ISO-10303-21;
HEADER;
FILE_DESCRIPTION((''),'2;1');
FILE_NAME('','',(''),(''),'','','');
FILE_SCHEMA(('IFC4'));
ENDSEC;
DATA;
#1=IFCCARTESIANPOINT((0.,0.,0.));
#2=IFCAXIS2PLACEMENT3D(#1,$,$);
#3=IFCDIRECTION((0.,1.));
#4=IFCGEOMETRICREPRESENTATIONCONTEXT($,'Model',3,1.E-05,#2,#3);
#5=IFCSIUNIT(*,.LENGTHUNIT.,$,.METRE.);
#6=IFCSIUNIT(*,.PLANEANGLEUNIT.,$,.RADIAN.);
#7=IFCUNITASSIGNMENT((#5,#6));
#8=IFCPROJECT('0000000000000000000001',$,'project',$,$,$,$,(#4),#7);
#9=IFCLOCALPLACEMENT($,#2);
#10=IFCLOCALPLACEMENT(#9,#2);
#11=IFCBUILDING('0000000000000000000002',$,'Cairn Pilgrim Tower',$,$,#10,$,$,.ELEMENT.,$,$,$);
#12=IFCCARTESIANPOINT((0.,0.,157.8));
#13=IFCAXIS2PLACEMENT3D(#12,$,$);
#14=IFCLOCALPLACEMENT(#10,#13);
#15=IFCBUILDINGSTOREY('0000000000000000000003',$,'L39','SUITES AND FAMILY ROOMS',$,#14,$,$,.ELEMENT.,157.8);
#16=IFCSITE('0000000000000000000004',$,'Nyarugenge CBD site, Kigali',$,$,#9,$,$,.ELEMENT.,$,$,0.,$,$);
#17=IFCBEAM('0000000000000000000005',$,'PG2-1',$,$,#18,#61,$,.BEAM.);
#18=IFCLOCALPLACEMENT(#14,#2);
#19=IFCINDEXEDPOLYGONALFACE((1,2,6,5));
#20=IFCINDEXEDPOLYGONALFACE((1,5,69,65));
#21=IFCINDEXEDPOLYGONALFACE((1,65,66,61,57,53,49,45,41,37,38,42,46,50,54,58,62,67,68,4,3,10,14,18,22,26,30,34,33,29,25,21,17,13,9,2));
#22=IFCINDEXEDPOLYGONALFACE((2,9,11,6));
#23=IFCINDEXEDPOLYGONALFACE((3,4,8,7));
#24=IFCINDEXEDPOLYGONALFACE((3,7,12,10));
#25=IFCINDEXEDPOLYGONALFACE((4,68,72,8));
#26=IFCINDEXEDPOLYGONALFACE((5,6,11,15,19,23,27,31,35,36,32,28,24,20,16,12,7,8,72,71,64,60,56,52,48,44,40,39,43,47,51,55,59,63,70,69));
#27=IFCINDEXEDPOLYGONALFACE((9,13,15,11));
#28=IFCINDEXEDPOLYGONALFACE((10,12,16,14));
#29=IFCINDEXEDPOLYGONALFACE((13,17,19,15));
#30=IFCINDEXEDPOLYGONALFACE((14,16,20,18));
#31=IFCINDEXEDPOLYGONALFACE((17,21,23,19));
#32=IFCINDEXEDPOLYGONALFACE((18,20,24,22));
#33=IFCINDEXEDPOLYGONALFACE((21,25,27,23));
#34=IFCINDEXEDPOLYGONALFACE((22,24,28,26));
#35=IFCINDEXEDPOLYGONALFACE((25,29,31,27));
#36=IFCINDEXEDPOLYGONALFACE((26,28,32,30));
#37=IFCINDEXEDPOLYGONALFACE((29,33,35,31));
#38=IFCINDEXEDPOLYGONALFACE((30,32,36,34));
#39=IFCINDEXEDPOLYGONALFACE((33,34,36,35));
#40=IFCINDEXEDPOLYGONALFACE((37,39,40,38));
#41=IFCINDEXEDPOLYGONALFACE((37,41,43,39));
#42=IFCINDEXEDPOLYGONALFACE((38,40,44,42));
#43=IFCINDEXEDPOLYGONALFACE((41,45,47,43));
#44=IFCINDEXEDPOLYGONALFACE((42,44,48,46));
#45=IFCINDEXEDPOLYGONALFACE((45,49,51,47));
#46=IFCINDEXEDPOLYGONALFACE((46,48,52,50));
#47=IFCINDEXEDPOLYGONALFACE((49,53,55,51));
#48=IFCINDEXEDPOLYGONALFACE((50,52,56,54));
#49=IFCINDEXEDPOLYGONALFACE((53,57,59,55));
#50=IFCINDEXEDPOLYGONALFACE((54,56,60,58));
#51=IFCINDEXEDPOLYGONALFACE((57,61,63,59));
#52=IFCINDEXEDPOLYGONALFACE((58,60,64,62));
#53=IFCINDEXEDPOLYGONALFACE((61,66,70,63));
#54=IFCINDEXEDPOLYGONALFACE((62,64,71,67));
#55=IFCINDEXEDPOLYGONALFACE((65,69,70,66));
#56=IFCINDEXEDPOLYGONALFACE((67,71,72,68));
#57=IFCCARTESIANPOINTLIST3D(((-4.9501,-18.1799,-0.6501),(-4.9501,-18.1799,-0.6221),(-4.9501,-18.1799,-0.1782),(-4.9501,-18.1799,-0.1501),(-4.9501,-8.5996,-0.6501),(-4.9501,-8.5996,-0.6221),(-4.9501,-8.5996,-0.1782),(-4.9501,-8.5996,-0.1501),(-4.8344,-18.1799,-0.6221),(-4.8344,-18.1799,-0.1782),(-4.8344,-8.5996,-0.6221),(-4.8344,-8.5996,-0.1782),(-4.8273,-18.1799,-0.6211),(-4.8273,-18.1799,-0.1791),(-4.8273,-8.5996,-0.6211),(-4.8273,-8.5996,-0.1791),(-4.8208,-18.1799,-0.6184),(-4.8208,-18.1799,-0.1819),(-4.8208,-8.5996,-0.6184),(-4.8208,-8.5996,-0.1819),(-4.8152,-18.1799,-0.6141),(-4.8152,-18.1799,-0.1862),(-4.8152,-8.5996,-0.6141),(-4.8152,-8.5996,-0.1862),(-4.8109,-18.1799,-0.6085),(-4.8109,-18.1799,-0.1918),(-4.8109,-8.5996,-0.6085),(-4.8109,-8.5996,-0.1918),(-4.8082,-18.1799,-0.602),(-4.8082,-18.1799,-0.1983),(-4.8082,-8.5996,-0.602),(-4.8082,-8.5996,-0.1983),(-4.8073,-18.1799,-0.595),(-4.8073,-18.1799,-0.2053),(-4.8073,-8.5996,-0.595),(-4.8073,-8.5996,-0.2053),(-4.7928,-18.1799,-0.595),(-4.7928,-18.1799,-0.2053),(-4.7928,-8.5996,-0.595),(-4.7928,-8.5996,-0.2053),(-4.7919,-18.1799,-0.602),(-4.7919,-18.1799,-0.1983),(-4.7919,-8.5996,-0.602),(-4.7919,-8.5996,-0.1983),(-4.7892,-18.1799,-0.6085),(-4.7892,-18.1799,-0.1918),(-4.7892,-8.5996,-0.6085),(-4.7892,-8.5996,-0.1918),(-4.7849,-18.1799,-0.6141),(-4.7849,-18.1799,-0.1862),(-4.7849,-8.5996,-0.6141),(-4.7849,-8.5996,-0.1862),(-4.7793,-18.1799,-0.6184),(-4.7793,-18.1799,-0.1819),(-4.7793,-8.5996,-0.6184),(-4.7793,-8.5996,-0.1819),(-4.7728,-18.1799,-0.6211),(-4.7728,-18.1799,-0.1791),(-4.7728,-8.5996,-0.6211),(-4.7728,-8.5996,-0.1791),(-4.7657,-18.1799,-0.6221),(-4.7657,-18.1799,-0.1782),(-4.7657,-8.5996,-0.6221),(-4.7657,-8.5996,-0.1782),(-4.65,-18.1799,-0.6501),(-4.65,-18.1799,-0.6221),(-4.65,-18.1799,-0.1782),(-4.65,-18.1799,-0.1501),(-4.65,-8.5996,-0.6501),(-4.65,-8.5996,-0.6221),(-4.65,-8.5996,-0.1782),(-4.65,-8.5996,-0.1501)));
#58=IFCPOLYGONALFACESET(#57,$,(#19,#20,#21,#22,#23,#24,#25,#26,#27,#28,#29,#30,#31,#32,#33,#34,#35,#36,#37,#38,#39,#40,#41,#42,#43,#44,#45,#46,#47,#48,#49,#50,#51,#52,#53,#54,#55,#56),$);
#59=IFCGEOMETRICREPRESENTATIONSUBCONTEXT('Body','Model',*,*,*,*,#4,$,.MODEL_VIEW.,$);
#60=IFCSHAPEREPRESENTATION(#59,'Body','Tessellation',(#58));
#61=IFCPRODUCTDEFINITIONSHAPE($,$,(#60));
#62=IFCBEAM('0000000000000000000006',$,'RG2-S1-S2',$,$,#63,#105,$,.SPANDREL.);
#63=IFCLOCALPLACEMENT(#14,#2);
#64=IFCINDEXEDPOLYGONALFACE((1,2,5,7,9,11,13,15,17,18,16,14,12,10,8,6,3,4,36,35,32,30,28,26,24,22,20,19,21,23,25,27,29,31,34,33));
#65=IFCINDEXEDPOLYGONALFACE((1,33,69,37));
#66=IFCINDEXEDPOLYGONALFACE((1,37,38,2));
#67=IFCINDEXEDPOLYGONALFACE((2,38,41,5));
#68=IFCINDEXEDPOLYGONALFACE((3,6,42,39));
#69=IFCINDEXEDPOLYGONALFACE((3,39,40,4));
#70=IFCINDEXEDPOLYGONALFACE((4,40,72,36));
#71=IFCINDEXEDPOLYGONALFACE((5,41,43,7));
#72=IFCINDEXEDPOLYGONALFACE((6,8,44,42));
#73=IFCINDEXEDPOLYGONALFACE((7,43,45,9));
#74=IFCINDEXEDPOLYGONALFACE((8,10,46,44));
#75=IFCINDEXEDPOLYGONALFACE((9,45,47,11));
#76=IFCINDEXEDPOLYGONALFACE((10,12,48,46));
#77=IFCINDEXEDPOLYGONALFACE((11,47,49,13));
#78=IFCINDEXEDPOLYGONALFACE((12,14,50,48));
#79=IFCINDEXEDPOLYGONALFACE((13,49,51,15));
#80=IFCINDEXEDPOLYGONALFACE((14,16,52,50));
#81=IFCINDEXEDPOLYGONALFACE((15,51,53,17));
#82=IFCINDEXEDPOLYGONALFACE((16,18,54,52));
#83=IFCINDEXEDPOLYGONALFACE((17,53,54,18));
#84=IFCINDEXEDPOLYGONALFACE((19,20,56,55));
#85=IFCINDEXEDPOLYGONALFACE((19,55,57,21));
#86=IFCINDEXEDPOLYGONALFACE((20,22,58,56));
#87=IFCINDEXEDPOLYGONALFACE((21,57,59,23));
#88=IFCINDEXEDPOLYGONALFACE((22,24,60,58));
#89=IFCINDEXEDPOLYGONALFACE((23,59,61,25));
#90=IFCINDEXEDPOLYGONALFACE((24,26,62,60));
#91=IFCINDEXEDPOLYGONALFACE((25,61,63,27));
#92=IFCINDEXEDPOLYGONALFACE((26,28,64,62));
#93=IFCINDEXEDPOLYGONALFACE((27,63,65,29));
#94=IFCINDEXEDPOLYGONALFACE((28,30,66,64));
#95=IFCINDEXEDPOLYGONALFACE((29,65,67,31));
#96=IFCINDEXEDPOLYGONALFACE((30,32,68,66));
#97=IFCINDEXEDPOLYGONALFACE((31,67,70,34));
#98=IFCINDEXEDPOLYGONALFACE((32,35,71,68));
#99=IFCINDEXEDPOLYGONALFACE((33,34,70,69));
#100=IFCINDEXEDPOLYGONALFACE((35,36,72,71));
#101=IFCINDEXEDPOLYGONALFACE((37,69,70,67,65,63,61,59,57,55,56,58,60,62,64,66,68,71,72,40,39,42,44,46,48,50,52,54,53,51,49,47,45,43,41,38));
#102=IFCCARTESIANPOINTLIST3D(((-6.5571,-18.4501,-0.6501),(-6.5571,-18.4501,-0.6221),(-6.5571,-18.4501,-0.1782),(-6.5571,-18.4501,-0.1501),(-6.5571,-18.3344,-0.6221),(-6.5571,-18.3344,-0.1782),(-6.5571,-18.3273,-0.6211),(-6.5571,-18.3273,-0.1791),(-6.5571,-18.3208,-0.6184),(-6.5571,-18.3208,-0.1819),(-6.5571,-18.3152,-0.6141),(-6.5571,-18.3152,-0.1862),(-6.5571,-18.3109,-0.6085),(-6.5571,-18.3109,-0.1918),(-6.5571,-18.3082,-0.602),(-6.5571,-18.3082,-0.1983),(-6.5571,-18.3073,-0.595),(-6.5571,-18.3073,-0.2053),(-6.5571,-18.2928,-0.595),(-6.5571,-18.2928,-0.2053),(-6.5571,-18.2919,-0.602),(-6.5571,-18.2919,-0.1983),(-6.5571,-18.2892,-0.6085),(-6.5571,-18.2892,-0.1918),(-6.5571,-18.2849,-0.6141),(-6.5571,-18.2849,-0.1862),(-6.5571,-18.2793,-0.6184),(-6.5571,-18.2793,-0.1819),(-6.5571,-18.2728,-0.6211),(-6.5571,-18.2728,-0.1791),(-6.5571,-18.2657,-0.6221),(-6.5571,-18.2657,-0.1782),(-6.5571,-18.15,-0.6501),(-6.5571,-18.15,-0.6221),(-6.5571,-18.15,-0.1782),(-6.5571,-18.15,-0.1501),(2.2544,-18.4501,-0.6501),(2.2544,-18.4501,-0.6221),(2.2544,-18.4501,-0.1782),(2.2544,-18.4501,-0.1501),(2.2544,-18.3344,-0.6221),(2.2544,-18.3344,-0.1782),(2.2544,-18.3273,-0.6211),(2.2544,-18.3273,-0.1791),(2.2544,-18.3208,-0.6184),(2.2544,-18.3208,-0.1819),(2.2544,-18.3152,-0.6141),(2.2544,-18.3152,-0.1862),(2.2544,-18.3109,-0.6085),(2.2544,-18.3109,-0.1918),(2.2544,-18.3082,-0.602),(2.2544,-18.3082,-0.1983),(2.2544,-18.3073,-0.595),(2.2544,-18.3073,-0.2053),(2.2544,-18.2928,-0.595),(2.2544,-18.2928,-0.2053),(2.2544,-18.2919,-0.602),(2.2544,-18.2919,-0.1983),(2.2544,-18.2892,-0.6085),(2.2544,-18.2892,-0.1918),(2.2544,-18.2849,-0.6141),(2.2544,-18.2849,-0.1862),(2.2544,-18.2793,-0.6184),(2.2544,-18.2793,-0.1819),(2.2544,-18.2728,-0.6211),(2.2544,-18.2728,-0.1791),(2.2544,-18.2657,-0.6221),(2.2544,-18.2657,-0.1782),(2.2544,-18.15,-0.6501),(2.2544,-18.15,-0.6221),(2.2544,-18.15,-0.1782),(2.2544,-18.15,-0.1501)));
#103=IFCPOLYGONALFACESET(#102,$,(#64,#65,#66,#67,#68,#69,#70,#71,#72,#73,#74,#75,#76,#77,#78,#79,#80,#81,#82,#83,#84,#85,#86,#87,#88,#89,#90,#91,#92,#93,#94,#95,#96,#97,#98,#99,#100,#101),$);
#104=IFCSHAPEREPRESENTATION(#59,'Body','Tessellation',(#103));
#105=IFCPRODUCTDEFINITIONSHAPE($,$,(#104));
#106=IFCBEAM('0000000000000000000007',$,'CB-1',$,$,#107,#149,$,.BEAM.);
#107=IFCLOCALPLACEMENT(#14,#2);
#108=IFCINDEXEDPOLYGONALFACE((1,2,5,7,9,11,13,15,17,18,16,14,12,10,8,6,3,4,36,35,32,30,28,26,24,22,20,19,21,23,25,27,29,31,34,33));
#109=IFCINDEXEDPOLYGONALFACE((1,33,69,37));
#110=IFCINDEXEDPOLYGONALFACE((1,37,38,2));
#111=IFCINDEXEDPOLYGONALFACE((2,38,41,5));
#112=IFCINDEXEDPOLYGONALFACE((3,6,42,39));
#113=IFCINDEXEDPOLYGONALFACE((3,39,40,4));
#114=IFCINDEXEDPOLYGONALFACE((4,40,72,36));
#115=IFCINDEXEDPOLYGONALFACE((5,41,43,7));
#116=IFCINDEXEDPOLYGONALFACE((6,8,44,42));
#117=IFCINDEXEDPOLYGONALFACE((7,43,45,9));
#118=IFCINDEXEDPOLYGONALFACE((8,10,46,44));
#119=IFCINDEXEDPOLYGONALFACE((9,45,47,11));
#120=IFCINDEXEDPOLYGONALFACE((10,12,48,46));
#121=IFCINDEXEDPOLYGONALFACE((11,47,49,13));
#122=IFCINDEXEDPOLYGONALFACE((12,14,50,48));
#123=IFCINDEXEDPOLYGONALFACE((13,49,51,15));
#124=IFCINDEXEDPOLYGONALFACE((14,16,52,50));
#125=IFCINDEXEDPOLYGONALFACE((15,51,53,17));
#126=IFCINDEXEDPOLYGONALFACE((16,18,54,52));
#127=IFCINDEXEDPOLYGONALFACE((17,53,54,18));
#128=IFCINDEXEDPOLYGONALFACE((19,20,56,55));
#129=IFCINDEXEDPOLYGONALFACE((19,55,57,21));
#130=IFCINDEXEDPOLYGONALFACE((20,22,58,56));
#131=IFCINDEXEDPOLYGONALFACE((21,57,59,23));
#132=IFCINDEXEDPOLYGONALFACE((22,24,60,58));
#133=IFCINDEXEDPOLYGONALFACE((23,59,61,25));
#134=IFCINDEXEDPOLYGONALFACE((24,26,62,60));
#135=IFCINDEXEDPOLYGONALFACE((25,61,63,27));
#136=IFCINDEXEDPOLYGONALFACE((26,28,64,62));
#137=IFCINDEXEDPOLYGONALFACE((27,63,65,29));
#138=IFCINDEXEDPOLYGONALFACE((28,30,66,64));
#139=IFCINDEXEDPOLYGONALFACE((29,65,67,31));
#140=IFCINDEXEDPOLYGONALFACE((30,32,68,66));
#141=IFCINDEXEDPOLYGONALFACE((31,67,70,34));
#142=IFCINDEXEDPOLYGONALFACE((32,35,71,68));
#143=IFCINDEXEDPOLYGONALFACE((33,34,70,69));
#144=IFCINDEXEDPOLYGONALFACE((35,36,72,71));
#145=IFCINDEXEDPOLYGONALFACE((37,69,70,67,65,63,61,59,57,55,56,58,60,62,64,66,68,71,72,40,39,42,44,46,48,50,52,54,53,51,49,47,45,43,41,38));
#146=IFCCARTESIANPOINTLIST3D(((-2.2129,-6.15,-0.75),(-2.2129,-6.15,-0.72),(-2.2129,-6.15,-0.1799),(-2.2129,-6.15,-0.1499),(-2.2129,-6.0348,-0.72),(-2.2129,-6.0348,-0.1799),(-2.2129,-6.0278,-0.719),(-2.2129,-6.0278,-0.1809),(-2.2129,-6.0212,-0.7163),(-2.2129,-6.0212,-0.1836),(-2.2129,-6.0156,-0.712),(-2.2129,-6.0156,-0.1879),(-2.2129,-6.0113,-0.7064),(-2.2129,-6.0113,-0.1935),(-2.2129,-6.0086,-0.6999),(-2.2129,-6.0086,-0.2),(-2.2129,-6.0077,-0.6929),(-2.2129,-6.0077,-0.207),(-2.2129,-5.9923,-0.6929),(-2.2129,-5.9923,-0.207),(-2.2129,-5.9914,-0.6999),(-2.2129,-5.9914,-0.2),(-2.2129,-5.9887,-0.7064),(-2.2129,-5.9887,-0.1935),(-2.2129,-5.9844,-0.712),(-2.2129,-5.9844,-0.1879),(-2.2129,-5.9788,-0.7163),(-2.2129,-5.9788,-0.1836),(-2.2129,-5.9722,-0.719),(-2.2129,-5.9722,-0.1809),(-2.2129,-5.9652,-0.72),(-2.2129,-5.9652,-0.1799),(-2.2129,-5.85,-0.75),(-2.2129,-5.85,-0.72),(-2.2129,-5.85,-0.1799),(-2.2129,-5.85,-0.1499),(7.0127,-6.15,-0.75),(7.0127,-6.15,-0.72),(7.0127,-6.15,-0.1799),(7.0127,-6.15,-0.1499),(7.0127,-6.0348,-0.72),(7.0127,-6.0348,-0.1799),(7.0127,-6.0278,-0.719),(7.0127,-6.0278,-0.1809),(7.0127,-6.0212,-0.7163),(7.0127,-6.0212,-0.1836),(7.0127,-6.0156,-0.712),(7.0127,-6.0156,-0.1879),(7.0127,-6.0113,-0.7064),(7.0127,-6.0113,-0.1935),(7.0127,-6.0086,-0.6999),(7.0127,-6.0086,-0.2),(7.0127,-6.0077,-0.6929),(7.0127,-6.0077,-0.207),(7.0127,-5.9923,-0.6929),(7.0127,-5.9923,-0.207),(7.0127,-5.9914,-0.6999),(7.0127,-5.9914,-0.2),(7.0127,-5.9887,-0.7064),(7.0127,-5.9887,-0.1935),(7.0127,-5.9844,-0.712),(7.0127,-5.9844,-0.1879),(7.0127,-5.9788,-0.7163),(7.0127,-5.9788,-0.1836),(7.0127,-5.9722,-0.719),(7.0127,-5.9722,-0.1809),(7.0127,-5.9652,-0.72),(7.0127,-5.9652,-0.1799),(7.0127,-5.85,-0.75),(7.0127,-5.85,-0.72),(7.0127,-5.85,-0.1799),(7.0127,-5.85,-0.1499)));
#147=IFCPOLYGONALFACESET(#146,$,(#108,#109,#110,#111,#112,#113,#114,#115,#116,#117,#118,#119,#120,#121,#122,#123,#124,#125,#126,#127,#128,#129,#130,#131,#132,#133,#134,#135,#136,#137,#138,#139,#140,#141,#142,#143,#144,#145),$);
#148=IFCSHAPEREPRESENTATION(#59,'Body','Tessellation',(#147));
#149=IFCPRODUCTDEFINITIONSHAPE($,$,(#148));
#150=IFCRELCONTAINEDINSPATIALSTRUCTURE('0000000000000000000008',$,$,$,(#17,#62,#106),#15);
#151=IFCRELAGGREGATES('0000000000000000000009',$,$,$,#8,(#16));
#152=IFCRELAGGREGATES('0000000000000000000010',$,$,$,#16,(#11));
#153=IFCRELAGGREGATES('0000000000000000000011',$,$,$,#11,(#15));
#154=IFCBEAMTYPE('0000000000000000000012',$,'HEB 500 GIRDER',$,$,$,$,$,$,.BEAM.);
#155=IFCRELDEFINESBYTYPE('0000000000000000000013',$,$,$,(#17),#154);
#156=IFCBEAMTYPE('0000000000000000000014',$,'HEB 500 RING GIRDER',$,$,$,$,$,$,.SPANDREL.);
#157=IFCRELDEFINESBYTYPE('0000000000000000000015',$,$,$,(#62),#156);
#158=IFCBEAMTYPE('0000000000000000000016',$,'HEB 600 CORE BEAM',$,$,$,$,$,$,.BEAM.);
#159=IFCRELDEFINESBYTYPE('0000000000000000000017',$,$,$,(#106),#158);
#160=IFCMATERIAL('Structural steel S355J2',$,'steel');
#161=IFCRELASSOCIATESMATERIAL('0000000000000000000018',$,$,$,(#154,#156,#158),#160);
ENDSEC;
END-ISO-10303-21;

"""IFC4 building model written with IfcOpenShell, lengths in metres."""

from ifc_helpers import new_model, si_unit, direction, frame, origin, origin_2d, place, context, subcontext, project, spatial, i_section, extrude, material, material_profile, profile_set, type_object, element, save


model = new_model("IFC4")

# Units and contexts
model_context = context("Model", 3, precision=1e-05, world=origin(), true_north=direction((0.0, 1.0)))
body_context = subcontext(model_context, "Body", "Model", "MODEL_VIEW")
ifc_project = project(units=[si_unit("LENGTHUNIT", "METRE"), si_unit("PLANEANGLEUNIT", "RADIAN")], contexts=[model_context])

# Site, building, storey
site_placement = place(None, origin())
site = spatial("IfcSite", under=ifc_project, at=site_placement, Name="Nyarugenge CBD site, Kigali", CompositionType="ELEMENT", RefElevation=0.0)
building_placement = place(site_placement, origin())
building = spatial("IfcBuilding", under=site, at=building_placement, Name="Cairn Pilgrim Tower", CompositionType="ELEMENT")
storey_placement = place(building_placement, frame((0.0, 0.0, 157.8)))
storey = spatial("IfcBuildingStorey", under=building, at=storey_placement, Name="L39", Description="SUITES AND FAMILY ROOMS", CompositionType="ELEMENT", Elevation=157.8)

# Shared definitions
ifc_material_1 = material(Name="Structural steel S355J2", Category="steel")

# Beams
ifc_material_profile_1 = material_profile(ifc_material_1, i_section(OverallWidth=0.3, OverallDepth=0.5, WebThickness=0.0144, FlangeThickness=0.0281, FilletRadius=0.0271, at=origin_2d()), Name="HEB 500")
ifc_profile_set_1 = profile_set([ifc_material_profile_1], Name="Structural steel S355J2")
beam_type_1 = type_object("IfcBeamType", Name="HEB 500 GIRDER", PredefinedType="BEAM", material=ifc_profile_set_1)
beam_1_placement = place(storey_placement, frame((-4.8, -18.1799, -0.4001), z_axis=(0.0, 1.0, 0.0), x_axis=(-1.0, 0.0, 0.0)))
element("IfcBeam", 1, at=beam_1_placement, inside=storey, type_object=beam_type_1, Name="PG2-1", PredefinedType="BEAM", context=body_context, shape_type="SweptSolid", body=[
    extrude(i_section(OverallWidth=0.3, OverallDepth=0.5, WebThickness=0.0144, FlangeThickness=0.0281, FilletRadius=0.0271, at=origin_2d()), origin(), (0.0, 0.0, 1.0), 9.5803),
])
ifc_material_profile_2 = material_profile(ifc_material_1, i_section(OverallWidth=0.3, OverallDepth=0.5, WebThickness=0.0144, FlangeThickness=0.0281, FilletRadius=0.0271, at=origin_2d()), Name="HEB 500")
ifc_profile_set_2 = profile_set([ifc_material_profile_2], Name="Structural steel S355J2")
beam_type_2 = type_object("IfcBeamType", Name="HEB 500 RING GIRDER", PredefinedType="SPANDREL", material=ifc_profile_set_2)
beam_2_placement = place(storey_placement, frame((-6.5571, -18.3, -0.4001), z_axis=(1.0, 0.0, 0.0), x_axis=(0.0, 1.0, 0.0)))
element("IfcBeam", 2, at=beam_2_placement, inside=storey, type_object=beam_type_2, Name="RG2-S1-S2", PredefinedType="SPANDREL", context=body_context, shape_type="SweptSolid", body=[
    extrude(i_section(OverallWidth=0.3, OverallDepth=0.5, WebThickness=0.0144, FlangeThickness=0.0281, FilletRadius=0.0271, at=origin_2d()), origin(), (0.0, 0.0, 1.0), 8.8115),
])
ifc_material_profile_3 = material_profile(ifc_material_1, i_section(OverallWidth=0.3, OverallDepth=0.6001, WebThickness=0.0154, FlangeThickness=0.03, FilletRadius=0.0271, at=origin_2d()), Name="HEB 600")
ifc_profile_set_3 = profile_set([ifc_material_profile_3], Name="Structural steel S355J2")
beam_type_3 = type_object("IfcBeamType", Name="HEB 600 CORE BEAM", PredefinedType="BEAM", material=ifc_profile_set_3)
beam_3_placement = place(storey_placement, frame((-2.2129, -6.0, -0.45), z_axis=(1.0, 0.0, 0.0), x_axis=(0.0, 1.0, 0.0)))
element("IfcBeam", 3, at=beam_3_placement, inside=storey, type_object=beam_type_3, Name="CB-1", PredefinedType="BEAM", context=body_context, shape_type="SweptSolid", body=[
    extrude(i_section(OverallWidth=0.3, OverallDepth=0.6001, WebThickness=0.0154, FlangeThickness=0.03, FilletRadius=0.0271, at=origin_2d()), origin(), (0.0, 0.0, 1.0), 9.2256),
])

save(model, "model.ifc")
